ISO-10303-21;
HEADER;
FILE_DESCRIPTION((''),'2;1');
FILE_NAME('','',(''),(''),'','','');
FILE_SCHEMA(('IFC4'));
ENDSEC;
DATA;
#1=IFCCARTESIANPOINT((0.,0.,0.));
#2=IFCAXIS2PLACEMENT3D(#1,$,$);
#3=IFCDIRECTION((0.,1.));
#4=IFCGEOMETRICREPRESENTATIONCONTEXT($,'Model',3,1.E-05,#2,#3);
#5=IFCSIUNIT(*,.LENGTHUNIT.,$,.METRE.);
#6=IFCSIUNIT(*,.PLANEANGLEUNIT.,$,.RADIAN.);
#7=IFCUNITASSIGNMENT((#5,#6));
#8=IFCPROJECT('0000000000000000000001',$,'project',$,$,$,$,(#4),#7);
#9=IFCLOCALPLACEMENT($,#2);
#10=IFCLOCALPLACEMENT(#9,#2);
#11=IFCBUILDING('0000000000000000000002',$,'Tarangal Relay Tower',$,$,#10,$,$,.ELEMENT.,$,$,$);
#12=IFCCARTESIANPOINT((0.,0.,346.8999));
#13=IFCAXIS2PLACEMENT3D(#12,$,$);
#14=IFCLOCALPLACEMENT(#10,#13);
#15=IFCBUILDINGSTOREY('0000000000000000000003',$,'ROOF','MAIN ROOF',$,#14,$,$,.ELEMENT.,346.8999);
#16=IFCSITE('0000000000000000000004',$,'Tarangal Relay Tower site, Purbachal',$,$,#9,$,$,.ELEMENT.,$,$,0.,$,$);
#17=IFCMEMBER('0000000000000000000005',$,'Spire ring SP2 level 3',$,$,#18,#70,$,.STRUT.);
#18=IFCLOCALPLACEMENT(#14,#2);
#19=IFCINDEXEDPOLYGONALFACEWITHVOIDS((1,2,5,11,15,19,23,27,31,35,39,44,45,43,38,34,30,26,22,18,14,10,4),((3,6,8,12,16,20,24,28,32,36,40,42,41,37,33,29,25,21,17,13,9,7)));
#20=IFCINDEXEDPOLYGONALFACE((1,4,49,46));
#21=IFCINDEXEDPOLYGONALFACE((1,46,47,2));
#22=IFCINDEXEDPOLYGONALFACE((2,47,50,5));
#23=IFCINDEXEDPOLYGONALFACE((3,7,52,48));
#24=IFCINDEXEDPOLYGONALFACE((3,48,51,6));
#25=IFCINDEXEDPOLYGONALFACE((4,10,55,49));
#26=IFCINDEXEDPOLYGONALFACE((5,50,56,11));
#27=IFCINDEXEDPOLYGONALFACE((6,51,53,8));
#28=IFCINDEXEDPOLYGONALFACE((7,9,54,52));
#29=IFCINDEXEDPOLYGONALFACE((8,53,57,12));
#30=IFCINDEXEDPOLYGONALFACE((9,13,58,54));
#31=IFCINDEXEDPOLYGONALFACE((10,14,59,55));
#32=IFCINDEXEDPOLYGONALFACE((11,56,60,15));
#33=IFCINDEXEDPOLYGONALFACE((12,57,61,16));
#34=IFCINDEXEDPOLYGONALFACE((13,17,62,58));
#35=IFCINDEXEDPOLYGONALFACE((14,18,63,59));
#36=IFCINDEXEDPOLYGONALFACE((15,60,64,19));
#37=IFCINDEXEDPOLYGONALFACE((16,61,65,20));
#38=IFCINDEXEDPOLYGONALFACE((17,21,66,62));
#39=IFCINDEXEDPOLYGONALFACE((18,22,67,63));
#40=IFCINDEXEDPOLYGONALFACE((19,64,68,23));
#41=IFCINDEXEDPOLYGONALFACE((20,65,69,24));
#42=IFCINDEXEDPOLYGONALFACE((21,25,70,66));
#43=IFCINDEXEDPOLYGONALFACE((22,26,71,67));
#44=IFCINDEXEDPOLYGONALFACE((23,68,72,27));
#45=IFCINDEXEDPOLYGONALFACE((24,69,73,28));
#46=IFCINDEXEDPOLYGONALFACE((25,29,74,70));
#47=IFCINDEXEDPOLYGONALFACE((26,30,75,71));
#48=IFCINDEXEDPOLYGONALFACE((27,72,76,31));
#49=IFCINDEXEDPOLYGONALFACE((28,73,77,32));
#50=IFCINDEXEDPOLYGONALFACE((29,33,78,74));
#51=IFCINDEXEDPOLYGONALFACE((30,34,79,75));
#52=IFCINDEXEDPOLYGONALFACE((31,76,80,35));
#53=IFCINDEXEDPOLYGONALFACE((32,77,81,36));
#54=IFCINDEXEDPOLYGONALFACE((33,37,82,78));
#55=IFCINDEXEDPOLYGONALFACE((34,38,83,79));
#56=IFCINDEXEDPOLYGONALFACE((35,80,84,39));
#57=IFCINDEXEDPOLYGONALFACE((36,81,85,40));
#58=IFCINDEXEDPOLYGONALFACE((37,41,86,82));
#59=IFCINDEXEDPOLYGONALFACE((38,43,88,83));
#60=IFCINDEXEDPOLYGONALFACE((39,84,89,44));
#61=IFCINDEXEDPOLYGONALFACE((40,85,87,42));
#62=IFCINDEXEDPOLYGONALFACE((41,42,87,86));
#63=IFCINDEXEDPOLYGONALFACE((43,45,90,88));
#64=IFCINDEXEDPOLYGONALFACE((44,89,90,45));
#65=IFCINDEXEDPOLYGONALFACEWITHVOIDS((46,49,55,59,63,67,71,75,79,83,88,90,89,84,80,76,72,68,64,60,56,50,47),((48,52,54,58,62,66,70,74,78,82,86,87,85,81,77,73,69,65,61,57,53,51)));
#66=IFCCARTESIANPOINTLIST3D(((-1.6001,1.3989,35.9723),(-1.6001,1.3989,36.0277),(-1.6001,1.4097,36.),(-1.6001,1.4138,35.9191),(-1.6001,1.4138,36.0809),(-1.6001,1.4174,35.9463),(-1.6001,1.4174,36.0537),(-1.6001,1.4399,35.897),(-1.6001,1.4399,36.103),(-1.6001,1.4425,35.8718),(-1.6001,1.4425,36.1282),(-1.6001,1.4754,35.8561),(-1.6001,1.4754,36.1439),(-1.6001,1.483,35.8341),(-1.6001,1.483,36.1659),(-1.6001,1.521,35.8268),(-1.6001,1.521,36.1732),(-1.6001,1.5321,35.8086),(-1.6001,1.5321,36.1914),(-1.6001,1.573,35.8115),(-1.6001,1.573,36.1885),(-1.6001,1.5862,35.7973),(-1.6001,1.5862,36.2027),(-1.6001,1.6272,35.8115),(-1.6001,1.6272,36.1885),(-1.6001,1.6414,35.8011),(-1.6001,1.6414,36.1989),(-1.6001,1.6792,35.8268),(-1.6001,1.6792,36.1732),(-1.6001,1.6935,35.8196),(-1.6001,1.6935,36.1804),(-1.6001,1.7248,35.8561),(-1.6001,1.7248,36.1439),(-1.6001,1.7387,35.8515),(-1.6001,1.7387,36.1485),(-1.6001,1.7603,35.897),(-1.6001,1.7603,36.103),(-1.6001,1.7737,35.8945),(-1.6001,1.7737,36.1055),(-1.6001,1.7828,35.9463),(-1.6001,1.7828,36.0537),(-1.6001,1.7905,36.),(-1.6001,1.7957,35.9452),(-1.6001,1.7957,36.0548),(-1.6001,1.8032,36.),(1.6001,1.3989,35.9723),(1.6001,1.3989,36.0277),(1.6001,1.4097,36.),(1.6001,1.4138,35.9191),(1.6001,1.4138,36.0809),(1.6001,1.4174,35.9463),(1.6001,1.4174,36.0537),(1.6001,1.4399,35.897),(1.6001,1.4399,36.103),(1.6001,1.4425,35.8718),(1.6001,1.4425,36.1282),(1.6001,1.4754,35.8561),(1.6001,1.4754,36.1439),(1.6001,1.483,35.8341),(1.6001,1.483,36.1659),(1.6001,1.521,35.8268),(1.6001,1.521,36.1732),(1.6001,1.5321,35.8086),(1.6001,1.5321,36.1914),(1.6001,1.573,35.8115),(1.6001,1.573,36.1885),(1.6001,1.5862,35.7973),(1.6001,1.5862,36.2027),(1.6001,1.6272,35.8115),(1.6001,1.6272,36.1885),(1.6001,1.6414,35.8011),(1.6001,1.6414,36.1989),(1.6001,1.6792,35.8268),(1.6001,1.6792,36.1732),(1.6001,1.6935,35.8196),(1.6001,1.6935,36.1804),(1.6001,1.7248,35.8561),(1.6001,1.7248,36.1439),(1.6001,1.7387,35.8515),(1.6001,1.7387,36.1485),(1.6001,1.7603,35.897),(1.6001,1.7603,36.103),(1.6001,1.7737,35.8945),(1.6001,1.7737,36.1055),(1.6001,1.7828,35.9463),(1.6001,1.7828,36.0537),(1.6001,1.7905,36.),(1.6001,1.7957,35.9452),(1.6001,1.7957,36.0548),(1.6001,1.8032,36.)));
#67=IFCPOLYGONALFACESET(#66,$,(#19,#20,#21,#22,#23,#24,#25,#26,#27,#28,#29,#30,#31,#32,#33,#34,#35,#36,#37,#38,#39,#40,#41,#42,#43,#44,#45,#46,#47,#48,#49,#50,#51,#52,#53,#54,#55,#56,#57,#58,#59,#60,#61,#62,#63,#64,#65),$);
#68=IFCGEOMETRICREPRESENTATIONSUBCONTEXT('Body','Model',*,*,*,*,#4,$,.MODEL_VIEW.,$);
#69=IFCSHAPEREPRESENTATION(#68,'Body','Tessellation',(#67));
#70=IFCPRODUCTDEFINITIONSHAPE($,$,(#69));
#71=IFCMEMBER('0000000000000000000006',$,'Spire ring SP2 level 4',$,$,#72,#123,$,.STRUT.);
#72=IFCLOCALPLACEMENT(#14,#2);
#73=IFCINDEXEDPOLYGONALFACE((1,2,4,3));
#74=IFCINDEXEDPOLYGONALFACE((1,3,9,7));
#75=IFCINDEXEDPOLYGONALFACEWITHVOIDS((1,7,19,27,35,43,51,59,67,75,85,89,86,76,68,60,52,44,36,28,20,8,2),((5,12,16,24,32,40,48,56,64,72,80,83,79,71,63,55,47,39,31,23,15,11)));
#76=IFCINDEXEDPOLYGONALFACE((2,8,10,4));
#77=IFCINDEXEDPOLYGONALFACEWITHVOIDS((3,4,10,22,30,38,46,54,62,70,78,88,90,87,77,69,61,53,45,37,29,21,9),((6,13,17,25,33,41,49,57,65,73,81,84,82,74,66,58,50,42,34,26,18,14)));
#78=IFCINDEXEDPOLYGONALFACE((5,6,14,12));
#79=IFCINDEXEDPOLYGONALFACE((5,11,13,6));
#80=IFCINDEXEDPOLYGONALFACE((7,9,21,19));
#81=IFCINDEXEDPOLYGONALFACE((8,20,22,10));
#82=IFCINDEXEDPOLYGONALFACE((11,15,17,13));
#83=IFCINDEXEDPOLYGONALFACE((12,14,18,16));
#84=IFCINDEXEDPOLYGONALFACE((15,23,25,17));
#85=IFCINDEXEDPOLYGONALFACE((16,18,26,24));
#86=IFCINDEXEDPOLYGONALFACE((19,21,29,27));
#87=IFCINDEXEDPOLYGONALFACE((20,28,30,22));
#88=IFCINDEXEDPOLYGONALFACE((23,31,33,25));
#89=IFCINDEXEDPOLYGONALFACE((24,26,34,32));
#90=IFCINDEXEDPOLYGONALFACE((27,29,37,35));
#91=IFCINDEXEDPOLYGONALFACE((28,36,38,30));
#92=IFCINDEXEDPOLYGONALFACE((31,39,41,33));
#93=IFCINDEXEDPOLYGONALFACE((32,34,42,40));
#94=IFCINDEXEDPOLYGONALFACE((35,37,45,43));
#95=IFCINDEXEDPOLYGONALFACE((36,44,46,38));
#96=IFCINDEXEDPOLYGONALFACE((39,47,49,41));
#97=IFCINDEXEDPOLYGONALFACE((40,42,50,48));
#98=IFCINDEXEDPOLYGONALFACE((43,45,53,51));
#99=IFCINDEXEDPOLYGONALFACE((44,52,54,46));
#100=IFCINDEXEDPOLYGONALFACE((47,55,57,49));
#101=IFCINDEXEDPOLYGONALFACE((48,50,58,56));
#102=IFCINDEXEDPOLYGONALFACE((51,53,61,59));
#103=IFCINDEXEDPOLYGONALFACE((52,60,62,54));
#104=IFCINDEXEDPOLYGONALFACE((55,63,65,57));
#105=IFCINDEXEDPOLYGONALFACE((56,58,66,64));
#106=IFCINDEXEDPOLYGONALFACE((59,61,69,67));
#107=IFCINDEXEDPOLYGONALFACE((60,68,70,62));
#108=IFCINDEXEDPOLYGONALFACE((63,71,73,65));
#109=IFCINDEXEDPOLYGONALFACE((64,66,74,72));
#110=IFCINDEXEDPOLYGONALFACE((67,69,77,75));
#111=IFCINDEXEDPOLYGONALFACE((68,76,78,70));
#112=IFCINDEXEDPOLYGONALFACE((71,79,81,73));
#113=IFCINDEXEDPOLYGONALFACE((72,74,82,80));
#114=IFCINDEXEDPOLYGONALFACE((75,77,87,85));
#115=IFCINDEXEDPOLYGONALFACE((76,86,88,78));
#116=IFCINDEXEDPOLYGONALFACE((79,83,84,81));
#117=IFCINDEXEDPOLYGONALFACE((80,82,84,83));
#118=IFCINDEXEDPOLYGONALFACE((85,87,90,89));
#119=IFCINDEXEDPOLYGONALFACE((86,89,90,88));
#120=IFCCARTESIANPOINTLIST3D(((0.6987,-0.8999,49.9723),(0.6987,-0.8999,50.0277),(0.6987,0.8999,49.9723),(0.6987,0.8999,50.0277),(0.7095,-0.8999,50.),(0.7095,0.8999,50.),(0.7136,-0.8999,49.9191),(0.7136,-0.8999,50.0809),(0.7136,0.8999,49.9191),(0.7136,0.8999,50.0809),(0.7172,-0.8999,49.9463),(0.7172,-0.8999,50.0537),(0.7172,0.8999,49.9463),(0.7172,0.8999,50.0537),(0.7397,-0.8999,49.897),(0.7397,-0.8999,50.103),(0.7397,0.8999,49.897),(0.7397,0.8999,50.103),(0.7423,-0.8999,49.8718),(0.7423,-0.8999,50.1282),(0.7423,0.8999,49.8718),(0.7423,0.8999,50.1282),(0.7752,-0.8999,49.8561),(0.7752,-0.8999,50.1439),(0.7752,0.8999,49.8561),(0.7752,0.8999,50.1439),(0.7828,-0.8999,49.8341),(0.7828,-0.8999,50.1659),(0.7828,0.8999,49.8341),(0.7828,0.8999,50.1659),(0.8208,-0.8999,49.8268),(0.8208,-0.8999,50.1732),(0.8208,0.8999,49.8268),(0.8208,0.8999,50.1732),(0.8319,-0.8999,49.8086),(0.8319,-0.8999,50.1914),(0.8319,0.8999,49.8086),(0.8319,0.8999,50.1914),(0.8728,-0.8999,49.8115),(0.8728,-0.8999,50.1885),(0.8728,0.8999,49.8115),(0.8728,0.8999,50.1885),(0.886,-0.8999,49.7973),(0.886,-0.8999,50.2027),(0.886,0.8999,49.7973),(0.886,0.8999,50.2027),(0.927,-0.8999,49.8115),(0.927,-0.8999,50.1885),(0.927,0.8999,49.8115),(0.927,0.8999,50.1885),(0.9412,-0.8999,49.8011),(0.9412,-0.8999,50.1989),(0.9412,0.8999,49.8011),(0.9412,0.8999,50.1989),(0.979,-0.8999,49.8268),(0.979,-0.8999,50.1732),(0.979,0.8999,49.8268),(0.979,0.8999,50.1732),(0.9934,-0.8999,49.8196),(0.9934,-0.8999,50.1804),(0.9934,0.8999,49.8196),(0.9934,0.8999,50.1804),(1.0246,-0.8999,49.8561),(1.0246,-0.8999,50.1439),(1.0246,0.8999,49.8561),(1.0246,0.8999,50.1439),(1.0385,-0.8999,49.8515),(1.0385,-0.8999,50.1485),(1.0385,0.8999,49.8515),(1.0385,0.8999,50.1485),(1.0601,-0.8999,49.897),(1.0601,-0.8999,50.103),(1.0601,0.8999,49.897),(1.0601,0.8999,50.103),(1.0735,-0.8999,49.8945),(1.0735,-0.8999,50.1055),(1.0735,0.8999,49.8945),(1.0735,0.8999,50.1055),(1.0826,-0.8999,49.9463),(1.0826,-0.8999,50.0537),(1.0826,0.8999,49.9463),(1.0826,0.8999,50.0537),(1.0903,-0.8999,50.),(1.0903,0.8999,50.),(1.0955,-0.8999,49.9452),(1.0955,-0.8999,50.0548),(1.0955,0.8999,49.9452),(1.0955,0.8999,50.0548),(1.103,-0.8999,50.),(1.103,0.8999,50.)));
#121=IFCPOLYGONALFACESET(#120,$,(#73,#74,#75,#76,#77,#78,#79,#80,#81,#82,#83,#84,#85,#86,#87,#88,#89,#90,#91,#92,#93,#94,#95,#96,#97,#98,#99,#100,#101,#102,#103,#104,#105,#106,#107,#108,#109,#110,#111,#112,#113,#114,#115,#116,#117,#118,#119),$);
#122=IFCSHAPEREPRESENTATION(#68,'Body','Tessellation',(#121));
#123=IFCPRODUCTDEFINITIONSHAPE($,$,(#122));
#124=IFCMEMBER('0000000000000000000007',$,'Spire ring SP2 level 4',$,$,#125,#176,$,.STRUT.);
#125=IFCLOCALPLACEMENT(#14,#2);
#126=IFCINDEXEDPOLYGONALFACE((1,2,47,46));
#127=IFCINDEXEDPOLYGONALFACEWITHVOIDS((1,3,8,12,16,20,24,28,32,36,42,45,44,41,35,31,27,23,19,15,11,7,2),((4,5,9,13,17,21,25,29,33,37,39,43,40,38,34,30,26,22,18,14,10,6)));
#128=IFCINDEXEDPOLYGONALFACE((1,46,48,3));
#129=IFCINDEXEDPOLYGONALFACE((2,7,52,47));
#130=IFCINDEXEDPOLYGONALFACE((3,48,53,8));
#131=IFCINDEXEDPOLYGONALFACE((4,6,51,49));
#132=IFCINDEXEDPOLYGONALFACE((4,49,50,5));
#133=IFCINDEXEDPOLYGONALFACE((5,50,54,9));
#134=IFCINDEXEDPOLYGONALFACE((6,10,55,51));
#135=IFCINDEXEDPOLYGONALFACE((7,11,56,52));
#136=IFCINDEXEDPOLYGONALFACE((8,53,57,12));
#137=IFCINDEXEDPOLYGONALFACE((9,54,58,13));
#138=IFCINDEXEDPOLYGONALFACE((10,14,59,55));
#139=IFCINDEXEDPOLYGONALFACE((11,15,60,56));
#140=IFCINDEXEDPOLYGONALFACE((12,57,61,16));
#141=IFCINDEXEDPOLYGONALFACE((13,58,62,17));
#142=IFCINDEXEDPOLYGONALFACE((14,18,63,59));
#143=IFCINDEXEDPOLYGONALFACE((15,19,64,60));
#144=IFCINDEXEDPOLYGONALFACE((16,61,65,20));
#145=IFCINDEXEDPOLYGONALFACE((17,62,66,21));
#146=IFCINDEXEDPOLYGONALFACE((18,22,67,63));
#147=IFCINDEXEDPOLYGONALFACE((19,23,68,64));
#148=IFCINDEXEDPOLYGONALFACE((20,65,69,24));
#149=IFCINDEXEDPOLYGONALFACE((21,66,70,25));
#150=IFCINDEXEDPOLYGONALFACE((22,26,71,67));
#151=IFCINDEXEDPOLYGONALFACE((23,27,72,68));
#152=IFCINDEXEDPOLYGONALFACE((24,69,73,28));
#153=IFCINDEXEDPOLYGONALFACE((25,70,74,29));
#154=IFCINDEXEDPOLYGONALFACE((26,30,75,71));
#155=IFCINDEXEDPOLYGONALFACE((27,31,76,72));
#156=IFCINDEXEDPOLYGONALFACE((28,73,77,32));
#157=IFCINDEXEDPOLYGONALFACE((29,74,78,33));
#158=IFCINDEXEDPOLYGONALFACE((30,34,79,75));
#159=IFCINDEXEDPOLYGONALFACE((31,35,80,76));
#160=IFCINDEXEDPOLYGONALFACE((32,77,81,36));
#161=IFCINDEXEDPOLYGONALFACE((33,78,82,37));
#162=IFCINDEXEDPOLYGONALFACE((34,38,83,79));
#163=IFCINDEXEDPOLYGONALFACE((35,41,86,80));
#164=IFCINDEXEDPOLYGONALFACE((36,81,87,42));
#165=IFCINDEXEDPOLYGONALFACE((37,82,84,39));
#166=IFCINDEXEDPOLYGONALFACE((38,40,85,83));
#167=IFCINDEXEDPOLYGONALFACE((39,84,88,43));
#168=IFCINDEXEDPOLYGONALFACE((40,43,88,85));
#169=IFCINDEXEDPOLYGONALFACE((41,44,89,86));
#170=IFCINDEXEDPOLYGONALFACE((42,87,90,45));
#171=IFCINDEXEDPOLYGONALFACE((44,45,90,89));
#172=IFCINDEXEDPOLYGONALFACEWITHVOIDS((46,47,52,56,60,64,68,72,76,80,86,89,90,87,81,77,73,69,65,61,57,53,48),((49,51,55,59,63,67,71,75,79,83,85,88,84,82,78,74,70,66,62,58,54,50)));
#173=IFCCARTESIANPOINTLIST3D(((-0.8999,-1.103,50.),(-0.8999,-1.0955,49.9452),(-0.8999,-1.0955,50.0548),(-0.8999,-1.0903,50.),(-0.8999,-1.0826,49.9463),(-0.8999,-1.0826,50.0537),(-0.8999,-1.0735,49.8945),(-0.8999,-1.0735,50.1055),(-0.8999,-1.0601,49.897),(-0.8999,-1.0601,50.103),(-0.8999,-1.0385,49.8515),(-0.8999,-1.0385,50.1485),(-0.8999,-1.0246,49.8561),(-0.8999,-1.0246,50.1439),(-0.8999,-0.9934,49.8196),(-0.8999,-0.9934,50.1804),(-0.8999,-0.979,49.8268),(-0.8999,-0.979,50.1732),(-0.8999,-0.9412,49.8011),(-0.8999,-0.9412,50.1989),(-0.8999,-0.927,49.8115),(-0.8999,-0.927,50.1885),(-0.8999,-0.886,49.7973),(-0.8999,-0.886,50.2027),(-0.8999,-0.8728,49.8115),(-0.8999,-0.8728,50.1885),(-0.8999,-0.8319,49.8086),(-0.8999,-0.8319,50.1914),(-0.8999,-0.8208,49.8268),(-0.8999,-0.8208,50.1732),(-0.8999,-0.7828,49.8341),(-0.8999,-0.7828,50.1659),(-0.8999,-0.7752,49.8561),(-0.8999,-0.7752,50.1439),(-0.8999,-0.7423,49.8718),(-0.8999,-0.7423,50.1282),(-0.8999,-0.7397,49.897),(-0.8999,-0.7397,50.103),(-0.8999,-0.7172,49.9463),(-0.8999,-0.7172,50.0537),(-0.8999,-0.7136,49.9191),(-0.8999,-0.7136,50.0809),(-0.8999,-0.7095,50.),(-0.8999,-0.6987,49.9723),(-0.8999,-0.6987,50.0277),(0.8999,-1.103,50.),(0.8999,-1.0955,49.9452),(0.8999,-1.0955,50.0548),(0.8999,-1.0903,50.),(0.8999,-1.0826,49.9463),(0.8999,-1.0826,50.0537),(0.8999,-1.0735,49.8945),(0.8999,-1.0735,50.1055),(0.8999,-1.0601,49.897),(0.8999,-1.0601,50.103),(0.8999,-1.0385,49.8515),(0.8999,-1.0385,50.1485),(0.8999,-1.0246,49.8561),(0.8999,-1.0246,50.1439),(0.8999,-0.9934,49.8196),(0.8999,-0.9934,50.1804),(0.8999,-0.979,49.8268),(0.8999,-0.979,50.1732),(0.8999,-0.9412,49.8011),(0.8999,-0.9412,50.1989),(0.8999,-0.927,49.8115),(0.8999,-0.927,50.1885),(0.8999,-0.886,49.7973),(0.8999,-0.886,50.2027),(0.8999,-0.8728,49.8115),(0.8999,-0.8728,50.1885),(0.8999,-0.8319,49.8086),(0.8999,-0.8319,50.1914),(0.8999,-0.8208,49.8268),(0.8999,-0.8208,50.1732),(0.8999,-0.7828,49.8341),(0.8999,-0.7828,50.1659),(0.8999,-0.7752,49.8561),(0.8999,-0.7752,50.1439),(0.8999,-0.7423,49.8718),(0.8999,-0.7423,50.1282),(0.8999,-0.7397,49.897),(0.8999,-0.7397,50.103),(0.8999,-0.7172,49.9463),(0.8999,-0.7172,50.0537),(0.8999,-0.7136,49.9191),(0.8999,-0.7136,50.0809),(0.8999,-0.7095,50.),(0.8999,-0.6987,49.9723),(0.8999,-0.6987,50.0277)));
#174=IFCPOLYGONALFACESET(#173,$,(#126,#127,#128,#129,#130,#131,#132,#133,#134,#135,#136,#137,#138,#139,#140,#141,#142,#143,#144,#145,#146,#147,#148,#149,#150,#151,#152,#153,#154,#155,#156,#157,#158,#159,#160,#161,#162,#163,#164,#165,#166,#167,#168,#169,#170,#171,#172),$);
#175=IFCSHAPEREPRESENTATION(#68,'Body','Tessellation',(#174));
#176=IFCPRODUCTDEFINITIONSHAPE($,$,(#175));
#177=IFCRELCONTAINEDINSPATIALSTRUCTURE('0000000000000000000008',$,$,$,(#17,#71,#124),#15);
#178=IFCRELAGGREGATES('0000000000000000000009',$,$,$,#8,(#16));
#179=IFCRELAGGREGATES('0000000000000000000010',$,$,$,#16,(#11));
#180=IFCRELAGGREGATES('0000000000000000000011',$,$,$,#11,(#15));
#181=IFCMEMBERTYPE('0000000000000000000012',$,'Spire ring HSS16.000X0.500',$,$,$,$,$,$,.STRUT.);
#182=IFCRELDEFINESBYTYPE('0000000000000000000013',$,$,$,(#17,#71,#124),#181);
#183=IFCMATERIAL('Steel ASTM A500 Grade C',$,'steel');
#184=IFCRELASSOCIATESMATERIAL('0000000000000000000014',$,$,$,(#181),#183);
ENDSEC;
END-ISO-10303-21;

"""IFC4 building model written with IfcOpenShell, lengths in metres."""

from ifc_helpers import new_model, si_unit, direction, frame, origin, origin_2d, place, context, subcontext, project, spatial, hollow_circle, extrude, material, material_profile, profile_set, type_object, element, save


model = new_model("IFC4")

# Units and contexts
model_context = context("Model", 3, precision=1e-05, world=origin(), true_north=direction((0.0, 1.0)))
body_context = subcontext(model_context, "Body", "Model", "MODEL_VIEW")
ifc_project = project(units=[si_unit("LENGTHUNIT", "METRE"), si_unit("PLANEANGLEUNIT", "RADIAN")], contexts=[model_context])

# Site, building, storey
site_placement = place(None, origin())
site = spatial("IfcSite", under=ifc_project, at=site_placement, Name="Tarangal Relay Tower site, Purbachal", CompositionType="ELEMENT", RefElevation=0.0)
building_placement = place(site_placement, origin())
building = spatial("IfcBuilding", under=site, at=building_placement, Name="Tarangal Relay Tower", CompositionType="ELEMENT")
storey_placement = place(building_placement, frame((0.0, 0.0, 346.8999)))
storey = spatial("IfcBuildingStorey", under=building, at=storey_placement, Name="ROOF", Description="MAIN ROOF", CompositionType="ELEMENT", Elevation=346.8999)

# Members
ifc_material_1 = material(Name="Steel ASTM A500 Grade C", Category="steel")
ifc_material_profile_1 = material_profile(ifc_material_1, hollow_circle(Radius=0.2031, WallThickness=0.0127, at=origin_2d()), Name="HSS16.000X0.500")
ifc_profile_set_1 = profile_set([ifc_material_profile_1], Name="Steel ASTM A500 Grade C")
member_type_1 = type_object("IfcMemberType", Name="Spire ring HSS16.000X0.500", PredefinedType="STRUT", material=ifc_profile_set_1)
for number, where, z_axis, x_axis, name in (
    (1, (-1.6001, 1.6001, 36.0), (1.0, 0.0, 0.0), (0.0, 1.0, 0.0), "Spire ring SP2 level 3"),
):
    element("IfcMember", number, at=place(storey_placement, frame(where, z_axis=z_axis, x_axis=x_axis)), inside=storey, type_object=member_type_1, Name=name, PredefinedType="STRUT", context=body_context, shape_type="SweptSolid", body=[
        extrude(hollow_circle(Radius=0.2031, WallThickness=0.0127, at=origin_2d()), origin(), (0.0, 0.0, 1.0), 3.2002),
    ])
for number, where, z_axis, x_axis, name in (
    (2, (0.8999, 0.8999, 50.0), (0.0, -1.0, 0.0), (1.0, 0.0, 0.0), "Spire ring SP2 level 4"),
    (3, (0.8999, -0.8999, 50.0), (-1.0, 0.0, 0.0), (0.0, -1.0, 0.0), "Spire ring SP2 level 4"),
):
    element("IfcMember", number, at=place(storey_placement, frame(where, z_axis=z_axis, x_axis=x_axis)), inside=storey, type_object=member_type_1, Name=name, PredefinedType="STRUT", context=body_context, shape_type="SweptSolid", body=[
        extrude(hollow_circle(Radius=0.2031, WallThickness=0.0127, at=origin_2d()), origin(), (0.0, 0.0, 1.0), 1.7998),
    ])

save(model, "model.ifc")
